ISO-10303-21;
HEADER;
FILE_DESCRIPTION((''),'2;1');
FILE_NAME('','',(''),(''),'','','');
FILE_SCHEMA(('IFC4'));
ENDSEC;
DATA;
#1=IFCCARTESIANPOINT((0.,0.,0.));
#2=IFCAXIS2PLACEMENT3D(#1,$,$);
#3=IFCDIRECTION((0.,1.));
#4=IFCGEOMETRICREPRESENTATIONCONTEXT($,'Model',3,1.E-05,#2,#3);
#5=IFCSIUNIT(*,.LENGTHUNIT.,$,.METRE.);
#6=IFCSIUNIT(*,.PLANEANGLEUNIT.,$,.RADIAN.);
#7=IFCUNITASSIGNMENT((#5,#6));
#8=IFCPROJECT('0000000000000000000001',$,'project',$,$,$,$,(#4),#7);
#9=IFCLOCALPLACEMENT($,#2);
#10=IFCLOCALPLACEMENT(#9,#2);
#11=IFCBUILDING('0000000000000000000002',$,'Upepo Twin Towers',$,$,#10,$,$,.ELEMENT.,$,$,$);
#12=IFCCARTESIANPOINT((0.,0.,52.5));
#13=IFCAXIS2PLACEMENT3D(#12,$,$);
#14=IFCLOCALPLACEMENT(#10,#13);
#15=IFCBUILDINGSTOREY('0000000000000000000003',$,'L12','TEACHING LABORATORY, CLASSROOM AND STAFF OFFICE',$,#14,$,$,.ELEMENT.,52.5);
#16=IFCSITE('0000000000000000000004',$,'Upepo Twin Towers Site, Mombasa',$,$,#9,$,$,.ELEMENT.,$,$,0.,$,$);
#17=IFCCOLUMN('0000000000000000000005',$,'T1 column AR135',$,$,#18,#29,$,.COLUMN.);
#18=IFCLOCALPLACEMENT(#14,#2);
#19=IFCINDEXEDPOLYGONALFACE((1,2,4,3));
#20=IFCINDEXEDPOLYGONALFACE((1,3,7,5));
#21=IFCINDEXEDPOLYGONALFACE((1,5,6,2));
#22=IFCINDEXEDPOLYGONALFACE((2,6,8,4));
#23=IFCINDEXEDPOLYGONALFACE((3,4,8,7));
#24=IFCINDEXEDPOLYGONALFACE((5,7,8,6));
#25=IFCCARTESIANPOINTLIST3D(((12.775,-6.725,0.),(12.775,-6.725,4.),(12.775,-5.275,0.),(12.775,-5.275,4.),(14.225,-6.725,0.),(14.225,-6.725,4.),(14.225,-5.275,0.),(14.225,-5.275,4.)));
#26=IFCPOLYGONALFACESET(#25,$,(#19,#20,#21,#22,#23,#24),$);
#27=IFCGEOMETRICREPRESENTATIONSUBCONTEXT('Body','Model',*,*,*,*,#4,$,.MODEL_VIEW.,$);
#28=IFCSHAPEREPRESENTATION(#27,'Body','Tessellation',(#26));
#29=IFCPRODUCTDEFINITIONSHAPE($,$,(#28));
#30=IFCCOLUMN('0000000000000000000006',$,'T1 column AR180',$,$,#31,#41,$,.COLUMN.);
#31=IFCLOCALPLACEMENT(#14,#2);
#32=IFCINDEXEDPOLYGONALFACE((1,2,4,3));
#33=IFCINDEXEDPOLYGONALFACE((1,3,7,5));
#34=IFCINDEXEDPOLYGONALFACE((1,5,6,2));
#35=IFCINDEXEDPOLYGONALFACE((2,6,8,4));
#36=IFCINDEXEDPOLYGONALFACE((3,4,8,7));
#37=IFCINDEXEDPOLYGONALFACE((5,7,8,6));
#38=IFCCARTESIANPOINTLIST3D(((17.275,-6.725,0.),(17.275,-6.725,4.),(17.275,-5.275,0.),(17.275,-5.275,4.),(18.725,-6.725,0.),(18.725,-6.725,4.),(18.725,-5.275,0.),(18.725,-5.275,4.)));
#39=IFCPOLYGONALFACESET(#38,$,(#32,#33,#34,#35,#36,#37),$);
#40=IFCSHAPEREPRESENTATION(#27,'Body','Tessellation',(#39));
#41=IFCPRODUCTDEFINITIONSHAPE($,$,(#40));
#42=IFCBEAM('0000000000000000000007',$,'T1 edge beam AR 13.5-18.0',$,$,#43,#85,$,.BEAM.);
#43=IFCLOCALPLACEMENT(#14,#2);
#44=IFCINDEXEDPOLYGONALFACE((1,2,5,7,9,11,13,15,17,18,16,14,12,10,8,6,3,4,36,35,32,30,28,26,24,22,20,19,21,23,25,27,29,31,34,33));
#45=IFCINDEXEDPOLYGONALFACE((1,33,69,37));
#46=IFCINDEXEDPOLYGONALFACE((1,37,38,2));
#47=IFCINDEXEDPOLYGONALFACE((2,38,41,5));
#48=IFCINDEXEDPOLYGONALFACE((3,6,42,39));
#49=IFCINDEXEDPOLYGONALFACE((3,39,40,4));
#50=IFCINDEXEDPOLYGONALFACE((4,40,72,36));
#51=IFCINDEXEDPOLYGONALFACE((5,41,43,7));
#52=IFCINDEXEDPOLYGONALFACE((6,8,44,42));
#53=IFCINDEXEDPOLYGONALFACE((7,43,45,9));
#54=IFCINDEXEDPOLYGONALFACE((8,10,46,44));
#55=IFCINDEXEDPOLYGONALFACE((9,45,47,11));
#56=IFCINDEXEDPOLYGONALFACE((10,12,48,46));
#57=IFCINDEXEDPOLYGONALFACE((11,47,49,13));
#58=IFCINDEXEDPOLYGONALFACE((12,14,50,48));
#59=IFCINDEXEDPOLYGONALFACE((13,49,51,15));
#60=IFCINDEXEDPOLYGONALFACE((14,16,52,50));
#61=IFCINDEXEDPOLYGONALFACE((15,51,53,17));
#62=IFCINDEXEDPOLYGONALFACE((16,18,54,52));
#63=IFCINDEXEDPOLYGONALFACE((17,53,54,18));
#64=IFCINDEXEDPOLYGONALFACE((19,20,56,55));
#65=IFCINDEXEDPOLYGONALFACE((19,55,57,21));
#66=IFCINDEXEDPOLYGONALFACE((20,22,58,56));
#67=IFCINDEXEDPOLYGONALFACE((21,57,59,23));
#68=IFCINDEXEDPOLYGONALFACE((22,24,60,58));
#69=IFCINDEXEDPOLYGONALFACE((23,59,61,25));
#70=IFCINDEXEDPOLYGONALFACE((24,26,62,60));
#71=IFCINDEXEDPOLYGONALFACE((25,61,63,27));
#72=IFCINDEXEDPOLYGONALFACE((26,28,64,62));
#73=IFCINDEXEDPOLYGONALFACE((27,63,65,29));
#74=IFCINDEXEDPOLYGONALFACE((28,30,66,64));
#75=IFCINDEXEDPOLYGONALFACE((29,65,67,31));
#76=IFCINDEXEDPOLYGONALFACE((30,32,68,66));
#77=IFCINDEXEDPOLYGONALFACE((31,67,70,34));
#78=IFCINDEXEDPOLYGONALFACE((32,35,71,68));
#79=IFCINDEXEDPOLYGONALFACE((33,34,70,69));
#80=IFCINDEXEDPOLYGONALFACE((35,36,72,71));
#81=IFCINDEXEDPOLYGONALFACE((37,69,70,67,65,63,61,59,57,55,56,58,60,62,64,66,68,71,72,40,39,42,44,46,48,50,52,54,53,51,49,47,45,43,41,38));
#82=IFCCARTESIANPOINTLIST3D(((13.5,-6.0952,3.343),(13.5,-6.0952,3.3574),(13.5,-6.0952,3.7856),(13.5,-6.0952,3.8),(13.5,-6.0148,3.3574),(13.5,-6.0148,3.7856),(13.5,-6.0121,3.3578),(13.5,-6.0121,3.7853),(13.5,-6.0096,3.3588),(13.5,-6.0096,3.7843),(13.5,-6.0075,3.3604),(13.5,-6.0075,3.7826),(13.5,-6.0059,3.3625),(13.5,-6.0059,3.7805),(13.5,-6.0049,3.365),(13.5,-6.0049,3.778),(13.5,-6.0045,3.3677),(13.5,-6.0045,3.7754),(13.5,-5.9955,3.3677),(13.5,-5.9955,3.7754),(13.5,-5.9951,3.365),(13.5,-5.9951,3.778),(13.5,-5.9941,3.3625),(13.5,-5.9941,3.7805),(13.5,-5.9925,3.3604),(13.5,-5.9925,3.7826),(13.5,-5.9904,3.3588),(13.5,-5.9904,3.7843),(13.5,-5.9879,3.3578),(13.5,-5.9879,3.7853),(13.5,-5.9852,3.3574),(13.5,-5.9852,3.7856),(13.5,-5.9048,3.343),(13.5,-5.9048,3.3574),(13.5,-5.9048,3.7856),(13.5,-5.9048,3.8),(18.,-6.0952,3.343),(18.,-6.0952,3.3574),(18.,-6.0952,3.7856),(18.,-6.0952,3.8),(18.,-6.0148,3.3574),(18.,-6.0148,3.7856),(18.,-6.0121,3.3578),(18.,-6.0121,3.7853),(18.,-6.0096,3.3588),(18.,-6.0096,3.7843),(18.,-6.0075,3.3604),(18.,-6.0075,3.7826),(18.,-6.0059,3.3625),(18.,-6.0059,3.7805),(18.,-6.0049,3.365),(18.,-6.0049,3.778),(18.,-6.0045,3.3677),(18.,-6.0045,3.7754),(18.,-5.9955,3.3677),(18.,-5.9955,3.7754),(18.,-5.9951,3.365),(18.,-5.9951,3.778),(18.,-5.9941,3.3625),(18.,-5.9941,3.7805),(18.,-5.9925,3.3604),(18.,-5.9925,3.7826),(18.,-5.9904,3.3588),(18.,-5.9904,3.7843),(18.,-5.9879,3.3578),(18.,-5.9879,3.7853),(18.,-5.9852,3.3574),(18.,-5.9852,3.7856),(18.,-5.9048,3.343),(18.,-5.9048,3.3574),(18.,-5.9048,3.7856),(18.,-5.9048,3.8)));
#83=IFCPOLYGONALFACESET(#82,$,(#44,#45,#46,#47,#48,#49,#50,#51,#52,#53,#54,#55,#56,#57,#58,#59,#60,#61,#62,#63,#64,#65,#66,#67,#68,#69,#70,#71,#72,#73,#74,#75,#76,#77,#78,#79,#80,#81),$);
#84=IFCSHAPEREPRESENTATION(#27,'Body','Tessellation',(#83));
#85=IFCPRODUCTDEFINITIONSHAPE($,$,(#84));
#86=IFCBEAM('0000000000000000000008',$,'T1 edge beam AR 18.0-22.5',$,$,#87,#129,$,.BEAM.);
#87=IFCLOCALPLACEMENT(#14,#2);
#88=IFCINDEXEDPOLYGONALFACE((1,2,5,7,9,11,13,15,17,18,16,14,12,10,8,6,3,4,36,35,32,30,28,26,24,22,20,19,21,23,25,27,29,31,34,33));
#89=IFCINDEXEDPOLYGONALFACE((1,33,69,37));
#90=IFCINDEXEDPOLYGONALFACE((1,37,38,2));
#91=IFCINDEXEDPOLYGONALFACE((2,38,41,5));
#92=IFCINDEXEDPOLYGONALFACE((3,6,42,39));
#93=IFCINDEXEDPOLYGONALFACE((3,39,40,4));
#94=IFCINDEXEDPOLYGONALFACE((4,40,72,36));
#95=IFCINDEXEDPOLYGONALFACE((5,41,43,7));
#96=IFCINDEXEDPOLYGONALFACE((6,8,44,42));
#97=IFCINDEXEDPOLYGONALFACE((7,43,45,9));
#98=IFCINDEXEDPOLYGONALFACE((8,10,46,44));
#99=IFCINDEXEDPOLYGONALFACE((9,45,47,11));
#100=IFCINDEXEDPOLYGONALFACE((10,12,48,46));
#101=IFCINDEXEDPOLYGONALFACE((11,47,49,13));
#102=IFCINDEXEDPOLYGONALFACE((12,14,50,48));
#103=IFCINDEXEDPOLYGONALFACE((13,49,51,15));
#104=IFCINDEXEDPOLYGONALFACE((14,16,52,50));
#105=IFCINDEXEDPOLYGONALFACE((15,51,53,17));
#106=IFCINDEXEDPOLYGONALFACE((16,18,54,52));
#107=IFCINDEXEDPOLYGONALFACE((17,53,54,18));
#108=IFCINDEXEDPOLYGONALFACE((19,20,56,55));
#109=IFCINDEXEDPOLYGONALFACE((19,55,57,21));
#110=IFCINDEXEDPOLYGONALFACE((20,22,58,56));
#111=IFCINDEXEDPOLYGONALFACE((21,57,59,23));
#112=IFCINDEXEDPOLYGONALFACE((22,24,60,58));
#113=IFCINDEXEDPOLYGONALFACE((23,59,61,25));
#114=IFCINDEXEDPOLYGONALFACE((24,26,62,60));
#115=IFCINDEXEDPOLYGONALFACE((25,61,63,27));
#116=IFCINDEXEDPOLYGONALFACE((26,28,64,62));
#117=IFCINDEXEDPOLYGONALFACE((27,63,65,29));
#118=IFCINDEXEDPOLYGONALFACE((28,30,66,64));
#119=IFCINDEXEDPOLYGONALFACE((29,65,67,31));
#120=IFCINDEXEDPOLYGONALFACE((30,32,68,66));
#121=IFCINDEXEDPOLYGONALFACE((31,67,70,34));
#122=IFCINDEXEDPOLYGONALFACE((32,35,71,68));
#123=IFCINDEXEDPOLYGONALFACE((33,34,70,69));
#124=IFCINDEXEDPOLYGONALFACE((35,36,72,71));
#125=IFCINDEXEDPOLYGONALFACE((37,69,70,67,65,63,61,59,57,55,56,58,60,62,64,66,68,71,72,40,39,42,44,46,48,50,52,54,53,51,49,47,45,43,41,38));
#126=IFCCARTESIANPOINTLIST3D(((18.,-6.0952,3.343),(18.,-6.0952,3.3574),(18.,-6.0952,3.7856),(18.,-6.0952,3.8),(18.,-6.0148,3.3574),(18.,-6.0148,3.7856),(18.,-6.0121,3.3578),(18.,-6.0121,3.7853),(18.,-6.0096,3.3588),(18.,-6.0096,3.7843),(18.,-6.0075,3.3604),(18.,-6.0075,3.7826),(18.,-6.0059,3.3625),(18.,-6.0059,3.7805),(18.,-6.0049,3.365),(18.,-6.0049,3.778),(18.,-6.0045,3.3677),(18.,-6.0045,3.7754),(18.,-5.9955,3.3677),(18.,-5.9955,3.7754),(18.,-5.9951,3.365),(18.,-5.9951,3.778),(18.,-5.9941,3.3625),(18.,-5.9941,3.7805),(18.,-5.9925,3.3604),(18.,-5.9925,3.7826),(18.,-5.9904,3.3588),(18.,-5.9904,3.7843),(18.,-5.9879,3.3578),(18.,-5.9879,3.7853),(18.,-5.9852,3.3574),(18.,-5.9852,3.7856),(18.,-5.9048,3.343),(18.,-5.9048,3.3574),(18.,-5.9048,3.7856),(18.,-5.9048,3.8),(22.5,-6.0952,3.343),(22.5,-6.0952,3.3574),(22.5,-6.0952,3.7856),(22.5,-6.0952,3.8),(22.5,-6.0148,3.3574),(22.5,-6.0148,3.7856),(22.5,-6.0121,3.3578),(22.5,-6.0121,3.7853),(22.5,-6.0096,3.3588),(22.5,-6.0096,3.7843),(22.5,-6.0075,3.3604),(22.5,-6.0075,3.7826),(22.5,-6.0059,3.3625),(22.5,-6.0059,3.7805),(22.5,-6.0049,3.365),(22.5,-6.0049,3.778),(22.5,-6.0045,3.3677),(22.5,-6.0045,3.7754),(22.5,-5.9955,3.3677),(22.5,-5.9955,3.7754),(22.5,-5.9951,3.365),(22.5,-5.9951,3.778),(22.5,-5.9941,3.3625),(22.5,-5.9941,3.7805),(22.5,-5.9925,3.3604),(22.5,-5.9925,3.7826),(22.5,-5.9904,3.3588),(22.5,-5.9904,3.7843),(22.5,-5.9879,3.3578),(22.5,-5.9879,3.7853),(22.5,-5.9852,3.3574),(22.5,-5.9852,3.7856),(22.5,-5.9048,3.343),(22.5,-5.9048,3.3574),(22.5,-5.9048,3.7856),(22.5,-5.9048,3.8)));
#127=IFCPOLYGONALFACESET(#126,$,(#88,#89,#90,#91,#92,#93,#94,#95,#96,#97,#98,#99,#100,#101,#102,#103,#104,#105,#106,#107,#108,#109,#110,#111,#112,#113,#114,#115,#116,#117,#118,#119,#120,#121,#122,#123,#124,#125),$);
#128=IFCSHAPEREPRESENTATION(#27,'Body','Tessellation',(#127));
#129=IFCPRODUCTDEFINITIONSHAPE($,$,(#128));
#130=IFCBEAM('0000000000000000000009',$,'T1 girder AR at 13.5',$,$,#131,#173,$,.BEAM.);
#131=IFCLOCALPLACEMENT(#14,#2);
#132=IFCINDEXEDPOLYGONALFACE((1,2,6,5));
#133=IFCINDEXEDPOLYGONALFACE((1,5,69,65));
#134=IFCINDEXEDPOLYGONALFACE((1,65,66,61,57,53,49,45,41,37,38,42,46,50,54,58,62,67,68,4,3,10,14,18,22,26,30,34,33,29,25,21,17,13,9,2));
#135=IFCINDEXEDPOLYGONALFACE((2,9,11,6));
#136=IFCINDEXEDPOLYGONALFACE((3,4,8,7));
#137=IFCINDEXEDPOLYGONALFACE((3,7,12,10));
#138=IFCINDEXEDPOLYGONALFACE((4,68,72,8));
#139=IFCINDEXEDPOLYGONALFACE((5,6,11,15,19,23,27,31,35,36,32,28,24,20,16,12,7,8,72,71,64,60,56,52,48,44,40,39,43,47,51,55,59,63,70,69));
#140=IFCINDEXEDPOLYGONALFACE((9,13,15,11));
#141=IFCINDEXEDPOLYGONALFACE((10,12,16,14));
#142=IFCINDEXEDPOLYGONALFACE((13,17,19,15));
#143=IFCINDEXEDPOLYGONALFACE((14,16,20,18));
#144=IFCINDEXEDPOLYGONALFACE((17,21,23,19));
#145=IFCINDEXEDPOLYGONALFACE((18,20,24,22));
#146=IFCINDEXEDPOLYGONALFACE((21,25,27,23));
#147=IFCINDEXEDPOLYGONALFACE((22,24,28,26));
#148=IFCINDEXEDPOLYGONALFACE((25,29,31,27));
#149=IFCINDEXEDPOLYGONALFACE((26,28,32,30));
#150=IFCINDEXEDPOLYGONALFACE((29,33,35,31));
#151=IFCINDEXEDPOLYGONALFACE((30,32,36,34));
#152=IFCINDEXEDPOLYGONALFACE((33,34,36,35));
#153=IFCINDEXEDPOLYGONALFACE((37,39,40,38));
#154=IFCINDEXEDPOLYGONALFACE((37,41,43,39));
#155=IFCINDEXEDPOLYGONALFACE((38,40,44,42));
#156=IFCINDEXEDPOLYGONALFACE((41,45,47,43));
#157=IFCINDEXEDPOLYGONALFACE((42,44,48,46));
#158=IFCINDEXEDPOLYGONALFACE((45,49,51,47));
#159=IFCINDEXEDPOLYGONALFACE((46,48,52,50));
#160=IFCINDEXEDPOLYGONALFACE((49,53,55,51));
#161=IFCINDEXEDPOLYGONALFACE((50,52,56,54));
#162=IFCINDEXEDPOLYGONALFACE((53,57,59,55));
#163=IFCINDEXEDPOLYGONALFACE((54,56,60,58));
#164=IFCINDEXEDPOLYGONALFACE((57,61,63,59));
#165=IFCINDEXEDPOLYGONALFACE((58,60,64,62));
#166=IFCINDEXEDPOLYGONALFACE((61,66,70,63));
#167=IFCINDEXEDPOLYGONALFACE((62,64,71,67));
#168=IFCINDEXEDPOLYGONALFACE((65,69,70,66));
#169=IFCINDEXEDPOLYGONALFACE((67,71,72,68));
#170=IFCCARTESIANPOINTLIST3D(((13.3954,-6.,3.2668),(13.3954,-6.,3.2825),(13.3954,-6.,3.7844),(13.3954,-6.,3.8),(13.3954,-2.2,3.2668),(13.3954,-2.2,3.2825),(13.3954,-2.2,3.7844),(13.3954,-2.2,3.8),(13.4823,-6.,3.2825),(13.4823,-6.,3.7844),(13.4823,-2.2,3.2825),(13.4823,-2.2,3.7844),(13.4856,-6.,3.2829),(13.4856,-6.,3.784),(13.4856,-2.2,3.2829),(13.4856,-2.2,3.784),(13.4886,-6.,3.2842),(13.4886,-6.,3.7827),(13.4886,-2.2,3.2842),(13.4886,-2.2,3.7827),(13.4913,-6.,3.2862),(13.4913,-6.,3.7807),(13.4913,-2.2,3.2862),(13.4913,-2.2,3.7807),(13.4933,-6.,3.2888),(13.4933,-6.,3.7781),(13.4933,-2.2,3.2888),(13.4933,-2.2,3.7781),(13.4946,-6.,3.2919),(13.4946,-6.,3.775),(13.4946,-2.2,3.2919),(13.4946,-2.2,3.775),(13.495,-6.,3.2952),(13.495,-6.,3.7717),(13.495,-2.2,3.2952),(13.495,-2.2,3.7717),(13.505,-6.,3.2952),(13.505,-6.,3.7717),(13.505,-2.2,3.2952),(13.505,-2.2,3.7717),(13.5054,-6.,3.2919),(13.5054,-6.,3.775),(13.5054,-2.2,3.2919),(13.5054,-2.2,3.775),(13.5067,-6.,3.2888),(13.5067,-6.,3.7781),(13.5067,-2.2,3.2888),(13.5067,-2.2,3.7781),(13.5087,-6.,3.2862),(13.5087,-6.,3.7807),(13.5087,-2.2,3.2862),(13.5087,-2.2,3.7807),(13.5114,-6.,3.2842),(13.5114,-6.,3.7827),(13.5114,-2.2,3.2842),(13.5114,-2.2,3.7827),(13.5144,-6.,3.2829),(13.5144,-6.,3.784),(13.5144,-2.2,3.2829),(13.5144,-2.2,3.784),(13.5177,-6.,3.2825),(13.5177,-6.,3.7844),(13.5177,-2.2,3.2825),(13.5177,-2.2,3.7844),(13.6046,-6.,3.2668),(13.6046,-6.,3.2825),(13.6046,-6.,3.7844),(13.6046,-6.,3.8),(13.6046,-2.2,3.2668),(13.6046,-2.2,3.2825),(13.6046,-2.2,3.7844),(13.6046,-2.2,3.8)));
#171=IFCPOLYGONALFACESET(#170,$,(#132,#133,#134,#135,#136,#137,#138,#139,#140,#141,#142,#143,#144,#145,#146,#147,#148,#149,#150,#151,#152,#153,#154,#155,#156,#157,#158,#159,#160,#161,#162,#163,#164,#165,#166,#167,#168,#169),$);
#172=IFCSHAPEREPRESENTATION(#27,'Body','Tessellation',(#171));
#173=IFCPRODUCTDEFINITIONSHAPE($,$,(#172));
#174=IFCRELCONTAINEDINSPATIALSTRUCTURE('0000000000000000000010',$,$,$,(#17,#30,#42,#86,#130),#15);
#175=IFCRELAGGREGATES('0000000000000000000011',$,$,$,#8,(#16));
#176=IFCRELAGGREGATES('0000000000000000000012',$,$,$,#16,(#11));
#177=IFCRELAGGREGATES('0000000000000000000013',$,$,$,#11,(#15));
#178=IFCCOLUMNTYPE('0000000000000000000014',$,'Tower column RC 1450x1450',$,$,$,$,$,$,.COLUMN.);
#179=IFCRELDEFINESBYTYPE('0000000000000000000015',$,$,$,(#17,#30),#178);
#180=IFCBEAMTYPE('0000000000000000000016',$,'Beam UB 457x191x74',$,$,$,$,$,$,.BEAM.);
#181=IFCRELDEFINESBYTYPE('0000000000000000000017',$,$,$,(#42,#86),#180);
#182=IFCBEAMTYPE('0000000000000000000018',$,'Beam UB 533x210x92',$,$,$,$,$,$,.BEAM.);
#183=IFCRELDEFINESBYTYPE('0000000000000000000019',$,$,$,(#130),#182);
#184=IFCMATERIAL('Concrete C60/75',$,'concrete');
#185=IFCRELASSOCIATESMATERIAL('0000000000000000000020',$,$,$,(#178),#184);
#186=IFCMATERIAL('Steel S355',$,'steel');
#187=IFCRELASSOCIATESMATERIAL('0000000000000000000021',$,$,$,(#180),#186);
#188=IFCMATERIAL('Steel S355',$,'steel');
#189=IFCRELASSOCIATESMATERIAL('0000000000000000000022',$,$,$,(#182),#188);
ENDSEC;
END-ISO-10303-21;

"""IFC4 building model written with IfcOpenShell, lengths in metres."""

from ifc_helpers import new_model, si_unit, direction, frame, origin, origin_2d, place, context, subcontext, project, spatial, rectangle, i_section, extrude, material, material_profile, profile_set, type_object, element, save


model = new_model("IFC4")

# Units and contexts
model_context = context("Model", 3, precision=1e-05, world=origin(), true_north=direction((0.0, 1.0)))
body_context = subcontext(model_context, "Body", "Model", "MODEL_VIEW")
ifc_project = project(units=[si_unit("LENGTHUNIT", "METRE"), si_unit("PLANEANGLEUNIT", "RADIAN")], contexts=[model_context])

# Site, building, storey
site_placement = place(None, origin())
site = spatial("IfcSite", under=ifc_project, at=site_placement, Name="Upepo Twin Towers Site, Mombasa", CompositionType="ELEMENT", RefElevation=0.0)
building_placement = place(site_placement, origin())
building = spatial("IfcBuilding", under=site, at=building_placement, Name="Upepo Twin Towers", CompositionType="ELEMENT")
storey_placement = place(building_placement, frame((0.0, 0.0, 52.5)))
storey = spatial("IfcBuildingStorey", under=building, at=storey_placement, Name="L12", Description="TEACHING LABORATORY, CLASSROOM AND STAFF OFFICE", CompositionType="ELEMENT", Elevation=52.5)

# Columns
ifc_material_1 = material(Name="Concrete C60/75", Category="concrete")
ifc_material_profile_1 = material_profile(ifc_material_1, rectangle(XDim=1.45, YDim=1.45, at=origin_2d()), Name="RC 1450x1450")
ifc_profile_set_1 = profile_set([ifc_material_profile_1], Name="Concrete C60/75")
column_type = type_object("IfcColumnType", Name="Tower column RC 1450x1450", PredefinedType="COLUMN", material=ifc_profile_set_1)
for number, where, z_axis, x_axis, name in (
    (1, (13.5, -6.0, 0.0), (0.0, 0.0, 1.0), (1.0, 0.0, 0.0), "T1 column AR135"),
    (2, (18.0, -6.0, 0.0), (0.0, 0.0, 1.0), (1.0, 0.0, 0.0), "T1 column AR180"),
):
    element("IfcColumn", number, at=place(storey_placement, frame(where, z_axis=z_axis, x_axis=x_axis)), inside=storey, type_object=column_type, Name=name, PredefinedType="COLUMN", context=body_context, shape_type="SweptSolid", body=[
        extrude(rectangle(XDim=1.45, YDim=1.45, at=origin_2d()), origin(), (0.0, 0.0, 1.0), 4.0),
    ])

# Beams
ifc_material_2 = material(Name="Steel S355", Category="steel")
ifc_material_profile_2 = material_profile(ifc_material_2, i_section(OverallWidth=0.1904, OverallDepth=0.457, WebThickness=0.009, FlangeThickness=0.0144, FilletRadius=0.0103, at=origin_2d()), Name="UB 457x191x74")
ifc_profile_set_2 = profile_set([ifc_material_profile_2], Name="Steel S355")
beam_type_1 = type_object("IfcBeamType", Name="Beam UB 457x191x74", PredefinedType="BEAM", material=ifc_profile_set_2)
for number, where, z_axis, x_axis, name in (
    (3, (13.5, -6.0, 3.5715), (1.0, 0.0, 0.0), (0.0, 1.0, 0.0), "T1 edge beam AR 13.5-18.0"),
    (4, (18.0, -6.0, 3.5715), (1.0, 0.0, 0.0), (0.0, 1.0, 0.0), "T1 edge beam AR 18.0-22.5"),
):
    element("IfcBeam", number, at=place(storey_placement, frame(where, z_axis=z_axis, x_axis=x_axis)), inside=storey, type_object=beam_type_1, Name=name, PredefinedType="BEAM", context=body_context, shape_type="SweptSolid", body=[
        extrude(i_section(OverallWidth=0.1904, OverallDepth=0.457, WebThickness=0.009, FlangeThickness=0.0144, FilletRadius=0.0103, at=origin_2d()), origin(), (0.0, 0.0, 1.0), 4.5),
    ])
ifc_material_3 = material(Name="Steel S355", Category="steel")
ifc_material_profile_3 = material_profile(ifc_material_3, i_section(OverallWidth=0.2092, OverallDepth=0.5332, WebThickness=0.01, FlangeThickness=0.0156, FilletRadius=0.0127, at=origin_2d()), Name="UB 533x210x92")
ifc_profile_set_3 = profile_set([ifc_material_profile_3], Name="Steel S355")
beam_type_2 = type_object("IfcBeamType", Name="Beam UB 533x210x92", PredefinedType="BEAM", material=ifc_profile_set_3)
for number, where, z_axis, x_axis, name in (
    (5, (13.5, -6.0, 3.5334), (0.0, 1.0, 0.0), (-1.0, 0.0, 0.0), "T1 girder AR at 13.5"),
):
    element("IfcBeam", number, at=place(storey_placement, frame(where, z_axis=z_axis, x_axis=x_axis)), inside=storey, type_object=beam_type_2, Name=name, PredefinedType="BEAM", context=body_context, shape_type="SweptSolid", body=[
        extrude(i_section(OverallWidth=0.2092, OverallDepth=0.5332, WebThickness=0.01, FlangeThickness=0.0156, FilletRadius=0.0127, at=origin_2d()), origin(), (0.0, 0.0, 1.0), 3.8),
    ])

save(model, "model.ifc")
